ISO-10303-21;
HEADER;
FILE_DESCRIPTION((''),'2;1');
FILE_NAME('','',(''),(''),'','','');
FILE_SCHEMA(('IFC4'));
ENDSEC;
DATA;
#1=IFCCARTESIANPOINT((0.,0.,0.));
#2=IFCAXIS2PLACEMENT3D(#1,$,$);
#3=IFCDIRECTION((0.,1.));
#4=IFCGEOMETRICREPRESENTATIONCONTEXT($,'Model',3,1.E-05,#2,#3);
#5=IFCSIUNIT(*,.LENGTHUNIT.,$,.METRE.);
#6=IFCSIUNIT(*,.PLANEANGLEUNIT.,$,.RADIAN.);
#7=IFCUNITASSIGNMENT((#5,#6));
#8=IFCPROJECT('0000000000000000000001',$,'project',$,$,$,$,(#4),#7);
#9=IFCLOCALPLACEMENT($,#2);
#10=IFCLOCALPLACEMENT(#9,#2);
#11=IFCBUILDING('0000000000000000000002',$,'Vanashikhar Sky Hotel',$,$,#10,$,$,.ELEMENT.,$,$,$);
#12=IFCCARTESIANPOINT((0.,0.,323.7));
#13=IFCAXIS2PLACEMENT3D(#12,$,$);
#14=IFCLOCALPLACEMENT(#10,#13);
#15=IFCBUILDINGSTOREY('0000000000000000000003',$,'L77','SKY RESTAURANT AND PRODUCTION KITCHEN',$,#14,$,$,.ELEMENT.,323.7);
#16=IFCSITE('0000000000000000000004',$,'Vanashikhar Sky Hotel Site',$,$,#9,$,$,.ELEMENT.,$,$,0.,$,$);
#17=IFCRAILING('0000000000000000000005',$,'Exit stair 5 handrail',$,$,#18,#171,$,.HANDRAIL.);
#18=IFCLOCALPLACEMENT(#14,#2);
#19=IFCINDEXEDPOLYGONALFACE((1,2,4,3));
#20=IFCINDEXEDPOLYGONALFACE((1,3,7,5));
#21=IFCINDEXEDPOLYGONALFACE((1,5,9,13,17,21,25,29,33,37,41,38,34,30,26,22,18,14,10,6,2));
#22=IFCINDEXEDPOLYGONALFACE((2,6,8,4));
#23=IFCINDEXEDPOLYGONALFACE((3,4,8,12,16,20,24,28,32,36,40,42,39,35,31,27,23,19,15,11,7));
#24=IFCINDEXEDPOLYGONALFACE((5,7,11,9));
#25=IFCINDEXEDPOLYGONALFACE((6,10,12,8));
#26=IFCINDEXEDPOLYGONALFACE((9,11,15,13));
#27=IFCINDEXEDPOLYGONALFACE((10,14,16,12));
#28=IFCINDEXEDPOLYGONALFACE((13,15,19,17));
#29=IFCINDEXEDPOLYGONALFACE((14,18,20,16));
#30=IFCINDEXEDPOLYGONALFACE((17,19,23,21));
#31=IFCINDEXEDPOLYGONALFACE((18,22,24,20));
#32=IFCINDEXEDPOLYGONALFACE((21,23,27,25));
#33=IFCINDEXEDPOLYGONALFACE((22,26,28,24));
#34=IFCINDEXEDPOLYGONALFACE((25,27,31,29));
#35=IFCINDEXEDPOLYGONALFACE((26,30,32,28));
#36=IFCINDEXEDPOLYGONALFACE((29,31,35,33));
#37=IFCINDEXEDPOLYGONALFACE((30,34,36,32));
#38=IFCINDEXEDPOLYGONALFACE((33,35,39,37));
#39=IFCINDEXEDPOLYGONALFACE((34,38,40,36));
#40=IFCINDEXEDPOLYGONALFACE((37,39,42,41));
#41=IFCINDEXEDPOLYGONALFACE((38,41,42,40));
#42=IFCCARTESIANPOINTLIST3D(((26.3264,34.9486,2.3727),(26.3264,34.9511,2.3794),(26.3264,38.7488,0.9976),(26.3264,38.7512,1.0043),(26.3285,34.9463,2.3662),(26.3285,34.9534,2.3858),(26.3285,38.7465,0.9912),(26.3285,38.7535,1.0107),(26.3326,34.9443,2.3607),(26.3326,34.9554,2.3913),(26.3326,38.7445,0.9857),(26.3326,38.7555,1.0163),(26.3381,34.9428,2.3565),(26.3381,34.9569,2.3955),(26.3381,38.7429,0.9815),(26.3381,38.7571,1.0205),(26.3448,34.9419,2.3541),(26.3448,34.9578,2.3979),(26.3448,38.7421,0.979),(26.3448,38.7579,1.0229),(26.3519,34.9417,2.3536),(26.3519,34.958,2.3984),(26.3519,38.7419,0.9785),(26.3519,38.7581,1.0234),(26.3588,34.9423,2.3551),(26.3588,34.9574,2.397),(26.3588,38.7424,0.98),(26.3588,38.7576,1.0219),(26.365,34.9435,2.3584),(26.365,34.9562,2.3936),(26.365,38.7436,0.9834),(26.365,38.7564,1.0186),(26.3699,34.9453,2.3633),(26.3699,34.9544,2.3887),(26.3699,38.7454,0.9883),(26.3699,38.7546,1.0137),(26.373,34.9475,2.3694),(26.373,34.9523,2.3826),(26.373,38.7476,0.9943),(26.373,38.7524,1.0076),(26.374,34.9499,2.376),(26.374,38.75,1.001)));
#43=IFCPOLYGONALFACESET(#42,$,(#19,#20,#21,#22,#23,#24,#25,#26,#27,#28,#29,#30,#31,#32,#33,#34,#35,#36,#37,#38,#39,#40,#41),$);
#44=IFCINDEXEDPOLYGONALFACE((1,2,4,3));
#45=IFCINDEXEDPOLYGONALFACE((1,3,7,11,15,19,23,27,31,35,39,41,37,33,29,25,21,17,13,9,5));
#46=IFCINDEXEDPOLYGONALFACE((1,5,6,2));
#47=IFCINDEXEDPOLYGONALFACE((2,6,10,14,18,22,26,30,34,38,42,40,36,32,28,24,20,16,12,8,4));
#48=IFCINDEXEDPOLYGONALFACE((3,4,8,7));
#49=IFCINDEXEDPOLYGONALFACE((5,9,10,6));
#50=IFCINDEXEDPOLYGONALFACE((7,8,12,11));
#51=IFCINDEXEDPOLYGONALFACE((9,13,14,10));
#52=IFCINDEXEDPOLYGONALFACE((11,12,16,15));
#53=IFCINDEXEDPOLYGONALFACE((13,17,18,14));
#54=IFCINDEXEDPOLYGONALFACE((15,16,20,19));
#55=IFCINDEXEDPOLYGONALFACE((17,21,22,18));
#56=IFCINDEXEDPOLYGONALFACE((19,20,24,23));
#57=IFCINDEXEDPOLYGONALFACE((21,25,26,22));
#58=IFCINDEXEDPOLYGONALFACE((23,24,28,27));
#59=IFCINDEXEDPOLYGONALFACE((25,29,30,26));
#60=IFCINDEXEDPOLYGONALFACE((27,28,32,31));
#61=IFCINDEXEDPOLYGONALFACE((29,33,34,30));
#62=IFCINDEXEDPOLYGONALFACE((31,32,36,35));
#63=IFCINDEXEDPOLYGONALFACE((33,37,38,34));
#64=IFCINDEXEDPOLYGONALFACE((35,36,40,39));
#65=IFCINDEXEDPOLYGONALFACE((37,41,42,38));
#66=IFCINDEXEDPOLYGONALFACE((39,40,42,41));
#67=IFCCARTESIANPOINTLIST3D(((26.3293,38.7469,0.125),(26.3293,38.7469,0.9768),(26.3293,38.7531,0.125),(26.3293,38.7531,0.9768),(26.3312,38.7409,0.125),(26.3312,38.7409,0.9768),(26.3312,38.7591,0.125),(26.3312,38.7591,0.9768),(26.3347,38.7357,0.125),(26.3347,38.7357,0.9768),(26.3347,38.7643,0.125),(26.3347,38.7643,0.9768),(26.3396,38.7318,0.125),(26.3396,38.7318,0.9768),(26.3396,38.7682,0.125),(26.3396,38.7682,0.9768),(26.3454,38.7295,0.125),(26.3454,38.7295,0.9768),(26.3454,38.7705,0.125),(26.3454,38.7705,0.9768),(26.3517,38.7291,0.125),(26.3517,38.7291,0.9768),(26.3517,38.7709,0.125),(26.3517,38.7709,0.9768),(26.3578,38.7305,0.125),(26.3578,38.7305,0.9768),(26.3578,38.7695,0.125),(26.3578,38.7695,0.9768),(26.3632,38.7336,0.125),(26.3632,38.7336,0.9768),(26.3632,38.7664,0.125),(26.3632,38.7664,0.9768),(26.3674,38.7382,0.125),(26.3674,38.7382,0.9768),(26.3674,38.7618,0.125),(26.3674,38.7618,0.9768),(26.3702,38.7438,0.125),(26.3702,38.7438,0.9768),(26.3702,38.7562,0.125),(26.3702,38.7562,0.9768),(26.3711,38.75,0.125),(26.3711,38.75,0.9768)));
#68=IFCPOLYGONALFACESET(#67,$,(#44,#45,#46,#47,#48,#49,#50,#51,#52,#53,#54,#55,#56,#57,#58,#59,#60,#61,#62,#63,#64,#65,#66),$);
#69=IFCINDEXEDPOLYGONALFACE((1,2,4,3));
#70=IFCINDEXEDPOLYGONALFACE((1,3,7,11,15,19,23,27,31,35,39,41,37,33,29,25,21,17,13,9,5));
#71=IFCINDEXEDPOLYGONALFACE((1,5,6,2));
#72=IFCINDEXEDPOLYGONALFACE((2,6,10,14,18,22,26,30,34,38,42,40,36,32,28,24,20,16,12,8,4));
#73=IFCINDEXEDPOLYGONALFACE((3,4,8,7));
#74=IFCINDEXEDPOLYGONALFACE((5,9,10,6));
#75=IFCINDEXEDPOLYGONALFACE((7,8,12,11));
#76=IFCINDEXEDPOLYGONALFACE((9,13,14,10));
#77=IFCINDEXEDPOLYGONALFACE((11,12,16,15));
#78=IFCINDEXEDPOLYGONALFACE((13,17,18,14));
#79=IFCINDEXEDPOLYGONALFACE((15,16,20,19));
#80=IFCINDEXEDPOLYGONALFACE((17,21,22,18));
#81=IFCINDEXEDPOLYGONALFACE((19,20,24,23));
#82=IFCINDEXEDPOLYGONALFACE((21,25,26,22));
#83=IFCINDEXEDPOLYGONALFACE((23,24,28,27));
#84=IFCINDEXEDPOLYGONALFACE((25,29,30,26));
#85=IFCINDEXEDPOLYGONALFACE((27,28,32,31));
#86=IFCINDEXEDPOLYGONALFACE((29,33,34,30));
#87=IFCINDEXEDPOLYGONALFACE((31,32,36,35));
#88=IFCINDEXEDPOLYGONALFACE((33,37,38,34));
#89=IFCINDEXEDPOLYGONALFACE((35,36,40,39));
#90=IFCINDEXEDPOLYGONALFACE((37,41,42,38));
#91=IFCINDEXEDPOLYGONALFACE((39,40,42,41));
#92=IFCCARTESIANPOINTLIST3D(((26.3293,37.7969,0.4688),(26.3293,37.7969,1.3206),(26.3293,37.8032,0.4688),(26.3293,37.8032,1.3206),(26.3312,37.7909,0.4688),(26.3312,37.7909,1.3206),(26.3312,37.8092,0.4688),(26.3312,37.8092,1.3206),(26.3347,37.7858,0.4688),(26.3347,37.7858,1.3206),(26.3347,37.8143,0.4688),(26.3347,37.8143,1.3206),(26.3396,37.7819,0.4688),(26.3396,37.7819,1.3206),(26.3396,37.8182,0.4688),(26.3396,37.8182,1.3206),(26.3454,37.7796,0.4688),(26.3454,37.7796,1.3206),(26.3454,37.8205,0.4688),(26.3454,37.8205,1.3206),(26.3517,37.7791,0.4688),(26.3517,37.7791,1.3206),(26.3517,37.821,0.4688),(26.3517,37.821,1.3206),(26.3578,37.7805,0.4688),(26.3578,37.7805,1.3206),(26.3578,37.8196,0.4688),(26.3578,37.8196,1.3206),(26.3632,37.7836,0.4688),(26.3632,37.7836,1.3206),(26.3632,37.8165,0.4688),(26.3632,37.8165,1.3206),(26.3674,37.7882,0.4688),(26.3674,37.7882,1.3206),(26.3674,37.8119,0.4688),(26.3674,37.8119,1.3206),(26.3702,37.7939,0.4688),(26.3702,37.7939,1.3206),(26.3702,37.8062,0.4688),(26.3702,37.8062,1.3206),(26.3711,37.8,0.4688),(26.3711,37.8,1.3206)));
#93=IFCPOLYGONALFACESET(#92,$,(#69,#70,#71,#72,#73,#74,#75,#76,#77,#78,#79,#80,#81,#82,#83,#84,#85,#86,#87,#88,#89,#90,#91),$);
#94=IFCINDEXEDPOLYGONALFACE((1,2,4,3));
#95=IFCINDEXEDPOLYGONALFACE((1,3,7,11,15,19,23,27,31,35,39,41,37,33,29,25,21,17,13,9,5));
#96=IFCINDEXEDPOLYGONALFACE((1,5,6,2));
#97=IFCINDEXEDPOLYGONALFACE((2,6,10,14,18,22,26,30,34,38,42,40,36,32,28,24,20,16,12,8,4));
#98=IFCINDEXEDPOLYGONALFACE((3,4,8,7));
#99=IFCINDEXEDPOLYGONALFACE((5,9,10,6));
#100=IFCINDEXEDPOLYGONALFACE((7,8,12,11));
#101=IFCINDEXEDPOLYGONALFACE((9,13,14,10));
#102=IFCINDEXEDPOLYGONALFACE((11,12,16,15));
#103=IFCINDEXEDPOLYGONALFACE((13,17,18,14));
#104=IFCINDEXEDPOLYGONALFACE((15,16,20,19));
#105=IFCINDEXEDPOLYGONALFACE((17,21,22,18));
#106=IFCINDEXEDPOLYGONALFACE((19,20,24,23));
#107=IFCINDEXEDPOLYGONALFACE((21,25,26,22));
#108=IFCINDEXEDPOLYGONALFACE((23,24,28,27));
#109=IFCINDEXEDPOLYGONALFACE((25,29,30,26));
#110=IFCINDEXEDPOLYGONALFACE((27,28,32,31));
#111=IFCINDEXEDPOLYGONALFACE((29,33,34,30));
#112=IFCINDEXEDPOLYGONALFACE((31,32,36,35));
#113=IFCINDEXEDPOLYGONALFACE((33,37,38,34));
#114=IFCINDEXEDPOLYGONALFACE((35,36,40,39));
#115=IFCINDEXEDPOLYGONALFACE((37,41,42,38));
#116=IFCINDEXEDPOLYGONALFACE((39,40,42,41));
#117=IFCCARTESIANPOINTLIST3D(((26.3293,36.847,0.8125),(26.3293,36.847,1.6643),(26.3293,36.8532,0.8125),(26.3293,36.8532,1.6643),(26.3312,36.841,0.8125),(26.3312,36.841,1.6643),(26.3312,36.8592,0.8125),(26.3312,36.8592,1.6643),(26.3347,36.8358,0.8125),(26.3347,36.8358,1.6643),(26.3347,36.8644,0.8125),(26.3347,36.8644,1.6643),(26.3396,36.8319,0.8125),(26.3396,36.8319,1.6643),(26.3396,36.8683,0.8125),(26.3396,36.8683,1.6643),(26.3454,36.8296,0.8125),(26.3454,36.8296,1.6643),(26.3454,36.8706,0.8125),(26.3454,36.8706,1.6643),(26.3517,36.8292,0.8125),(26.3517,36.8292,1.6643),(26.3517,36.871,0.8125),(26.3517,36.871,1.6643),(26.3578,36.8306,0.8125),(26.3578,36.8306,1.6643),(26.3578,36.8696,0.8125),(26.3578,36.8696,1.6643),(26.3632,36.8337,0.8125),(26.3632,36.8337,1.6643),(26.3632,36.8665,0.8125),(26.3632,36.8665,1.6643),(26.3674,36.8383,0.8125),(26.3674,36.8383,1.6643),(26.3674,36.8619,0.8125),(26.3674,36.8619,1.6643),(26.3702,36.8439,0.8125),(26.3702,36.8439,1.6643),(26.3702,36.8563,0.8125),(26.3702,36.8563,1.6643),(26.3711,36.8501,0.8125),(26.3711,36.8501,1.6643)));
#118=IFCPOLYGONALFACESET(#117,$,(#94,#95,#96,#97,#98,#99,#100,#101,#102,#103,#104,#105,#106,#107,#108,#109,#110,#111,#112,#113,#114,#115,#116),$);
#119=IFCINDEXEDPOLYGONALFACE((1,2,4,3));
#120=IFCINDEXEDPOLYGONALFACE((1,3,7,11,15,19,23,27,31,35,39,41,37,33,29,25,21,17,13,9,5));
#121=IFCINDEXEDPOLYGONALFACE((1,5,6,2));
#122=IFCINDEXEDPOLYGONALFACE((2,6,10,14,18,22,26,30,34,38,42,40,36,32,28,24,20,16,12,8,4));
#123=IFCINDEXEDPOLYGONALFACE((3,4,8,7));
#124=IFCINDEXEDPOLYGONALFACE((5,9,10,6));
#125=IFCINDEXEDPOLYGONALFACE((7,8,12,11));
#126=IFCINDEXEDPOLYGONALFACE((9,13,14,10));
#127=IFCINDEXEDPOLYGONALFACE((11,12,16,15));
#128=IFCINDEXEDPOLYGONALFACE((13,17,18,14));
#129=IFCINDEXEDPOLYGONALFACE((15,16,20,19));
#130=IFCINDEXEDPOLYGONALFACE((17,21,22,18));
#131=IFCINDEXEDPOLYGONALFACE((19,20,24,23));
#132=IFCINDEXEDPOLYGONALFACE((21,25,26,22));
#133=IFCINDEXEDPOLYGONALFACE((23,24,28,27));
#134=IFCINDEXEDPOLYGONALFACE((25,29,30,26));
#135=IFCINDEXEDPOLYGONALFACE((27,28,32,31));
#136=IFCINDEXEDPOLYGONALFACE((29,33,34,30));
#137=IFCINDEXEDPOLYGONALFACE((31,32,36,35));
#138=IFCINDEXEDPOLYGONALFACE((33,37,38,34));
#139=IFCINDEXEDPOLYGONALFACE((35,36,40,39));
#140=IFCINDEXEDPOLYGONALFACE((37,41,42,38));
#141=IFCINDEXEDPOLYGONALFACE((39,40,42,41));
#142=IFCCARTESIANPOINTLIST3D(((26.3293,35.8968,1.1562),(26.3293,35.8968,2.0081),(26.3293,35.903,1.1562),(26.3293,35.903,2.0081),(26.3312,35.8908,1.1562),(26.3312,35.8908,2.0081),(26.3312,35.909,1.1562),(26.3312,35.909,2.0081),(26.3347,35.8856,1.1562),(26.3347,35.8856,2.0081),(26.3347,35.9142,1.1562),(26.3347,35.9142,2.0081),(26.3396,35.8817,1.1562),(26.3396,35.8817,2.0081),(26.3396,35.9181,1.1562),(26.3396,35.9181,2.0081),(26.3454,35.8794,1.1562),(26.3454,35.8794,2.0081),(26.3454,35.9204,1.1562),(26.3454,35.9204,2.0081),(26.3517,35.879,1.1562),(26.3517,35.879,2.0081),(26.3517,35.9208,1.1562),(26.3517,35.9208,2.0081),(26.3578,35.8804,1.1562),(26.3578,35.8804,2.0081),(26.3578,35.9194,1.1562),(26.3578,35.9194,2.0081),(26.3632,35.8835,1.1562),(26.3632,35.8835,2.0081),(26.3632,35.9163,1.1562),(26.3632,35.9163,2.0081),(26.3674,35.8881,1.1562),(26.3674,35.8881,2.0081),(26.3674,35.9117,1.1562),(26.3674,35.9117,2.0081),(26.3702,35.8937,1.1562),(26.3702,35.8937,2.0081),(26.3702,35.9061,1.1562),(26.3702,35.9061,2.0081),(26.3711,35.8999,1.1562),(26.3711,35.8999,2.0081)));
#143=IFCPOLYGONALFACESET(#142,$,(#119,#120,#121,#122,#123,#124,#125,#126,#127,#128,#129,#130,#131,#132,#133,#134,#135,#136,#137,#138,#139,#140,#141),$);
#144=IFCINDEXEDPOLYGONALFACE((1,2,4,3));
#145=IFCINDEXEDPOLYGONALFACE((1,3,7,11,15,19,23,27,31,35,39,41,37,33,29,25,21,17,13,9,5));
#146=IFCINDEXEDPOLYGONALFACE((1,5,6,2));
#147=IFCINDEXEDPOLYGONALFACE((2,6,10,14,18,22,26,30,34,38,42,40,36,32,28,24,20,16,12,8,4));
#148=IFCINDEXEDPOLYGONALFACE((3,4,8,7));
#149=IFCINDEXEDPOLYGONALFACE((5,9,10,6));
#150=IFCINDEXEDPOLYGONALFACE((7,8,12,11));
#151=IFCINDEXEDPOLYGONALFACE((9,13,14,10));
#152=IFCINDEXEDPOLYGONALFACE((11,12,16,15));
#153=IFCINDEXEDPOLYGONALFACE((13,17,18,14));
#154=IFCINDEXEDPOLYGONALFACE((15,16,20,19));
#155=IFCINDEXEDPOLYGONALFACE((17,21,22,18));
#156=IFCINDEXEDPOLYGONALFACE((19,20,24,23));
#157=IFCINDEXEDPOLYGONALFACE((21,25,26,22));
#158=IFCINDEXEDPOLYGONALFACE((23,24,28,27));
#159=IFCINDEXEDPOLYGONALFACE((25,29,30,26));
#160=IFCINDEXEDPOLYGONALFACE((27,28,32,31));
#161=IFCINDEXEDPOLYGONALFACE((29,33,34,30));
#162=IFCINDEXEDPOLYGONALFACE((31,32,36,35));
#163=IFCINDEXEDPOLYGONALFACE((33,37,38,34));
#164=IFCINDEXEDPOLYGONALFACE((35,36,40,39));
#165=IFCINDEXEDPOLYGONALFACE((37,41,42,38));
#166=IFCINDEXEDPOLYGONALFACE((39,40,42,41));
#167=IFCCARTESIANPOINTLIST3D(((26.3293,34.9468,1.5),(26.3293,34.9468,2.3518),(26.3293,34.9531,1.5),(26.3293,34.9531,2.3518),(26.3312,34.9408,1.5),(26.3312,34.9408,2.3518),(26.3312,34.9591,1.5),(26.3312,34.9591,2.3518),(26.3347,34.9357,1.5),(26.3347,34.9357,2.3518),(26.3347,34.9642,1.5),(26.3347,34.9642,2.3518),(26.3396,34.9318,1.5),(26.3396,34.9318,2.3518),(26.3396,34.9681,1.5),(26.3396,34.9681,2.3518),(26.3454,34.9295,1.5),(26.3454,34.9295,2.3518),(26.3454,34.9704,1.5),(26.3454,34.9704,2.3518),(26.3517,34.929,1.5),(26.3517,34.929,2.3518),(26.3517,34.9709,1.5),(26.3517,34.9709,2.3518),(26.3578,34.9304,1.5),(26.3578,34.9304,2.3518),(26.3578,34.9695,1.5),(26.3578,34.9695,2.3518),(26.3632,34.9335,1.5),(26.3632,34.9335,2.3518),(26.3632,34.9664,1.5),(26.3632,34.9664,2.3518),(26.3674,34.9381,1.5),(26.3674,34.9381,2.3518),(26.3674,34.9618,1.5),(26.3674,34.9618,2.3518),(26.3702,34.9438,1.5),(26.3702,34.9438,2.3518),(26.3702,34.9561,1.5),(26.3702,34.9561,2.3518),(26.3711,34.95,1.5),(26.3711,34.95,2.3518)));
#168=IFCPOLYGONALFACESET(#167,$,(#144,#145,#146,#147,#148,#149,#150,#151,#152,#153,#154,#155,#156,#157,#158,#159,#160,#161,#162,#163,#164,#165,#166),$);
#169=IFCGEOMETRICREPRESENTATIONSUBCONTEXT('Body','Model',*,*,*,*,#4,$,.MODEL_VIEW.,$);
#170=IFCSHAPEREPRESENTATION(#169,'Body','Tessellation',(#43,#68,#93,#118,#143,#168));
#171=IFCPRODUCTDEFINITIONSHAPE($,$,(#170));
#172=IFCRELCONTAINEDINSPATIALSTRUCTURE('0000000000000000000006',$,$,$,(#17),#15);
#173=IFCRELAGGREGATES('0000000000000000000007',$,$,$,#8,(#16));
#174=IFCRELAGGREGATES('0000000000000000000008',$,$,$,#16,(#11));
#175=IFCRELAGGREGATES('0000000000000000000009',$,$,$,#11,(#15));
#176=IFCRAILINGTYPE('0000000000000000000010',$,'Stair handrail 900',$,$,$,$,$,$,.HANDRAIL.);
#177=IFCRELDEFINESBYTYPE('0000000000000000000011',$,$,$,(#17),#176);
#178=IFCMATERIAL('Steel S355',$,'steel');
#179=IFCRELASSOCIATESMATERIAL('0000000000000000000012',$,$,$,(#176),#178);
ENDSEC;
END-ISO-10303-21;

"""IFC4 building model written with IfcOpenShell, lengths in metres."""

from ifc_helpers import new_model, si_unit, direction, frame, origin, origin_2d, place, context, subcontext, project, spatial, circle, extrude, source, transform, mapped, material, type_object, element, save


model = new_model("IFC4")

# Units and contexts
model_context = context("Model", 3, precision=1e-05, world=origin(), true_north=direction((0.0, 1.0)))
body_context = subcontext(model_context, "Body", "Model", "MODEL_VIEW")
ifc_project = project(units=[si_unit("LENGTHUNIT", "METRE"), si_unit("PLANEANGLEUNIT", "RADIAN")], contexts=[model_context])

# Site, building, storey
site_placement = place(None, origin())
site = spatial("IfcSite", under=ifc_project, at=site_placement, Name="Vanashikhar Sky Hotel Site", CompositionType="ELEMENT", RefElevation=0.0)
building_placement = place(site_placement, origin())
building = spatial("IfcBuilding", under=site, at=building_placement, Name="Vanashikhar Sky Hotel", CompositionType="ELEMENT")
storey_placement = place(building_placement, frame((0.0, 0.0, 323.7)))
storey = spatial("IfcBuildingStorey", under=building, at=storey_placement, Name="L77", Description="SKY RESTAURANT AND PRODUCTION KITCHEN", CompositionType="ELEMENT", Elevation=323.7)

# Railing
ifc_material_1 = material(Name="Steel S355", Category="steel")
railing_type = type_object("IfcRailingType", Name="Stair handrail 900", PredefinedType="HANDRAIL", material=ifc_material_1)
shared_shape_1 = source(origin(), body_context, "Body", "SweptSolid", [
    extrude(circle(Radius=0.0239, at=origin_2d()), frame((0.0, 0.0, 0.876), z_axis=(0.0, -0.940336, 0.340249), x_axis=(1.0, 0.0, 0.0)), (0.0, 0.0, 1.0), 4.0413),
    extrude(circle(Radius=0.021, at=origin_2d()), origin(), (0.0, 0.0, 1.0), 0.8518),
    extrude(circle(Radius=0.021, at=origin_2d()), frame((0.0, -0.95, 0.3438)), (0.0, 0.0, 1.0), 0.8518),
    extrude(circle(Radius=0.021, at=origin_2d()), frame((0.0, -1.8999, 0.6875)), (0.0, 0.0, 1.0), 0.8518),
    extrude(circle(Radius=0.021, at=origin_2d()), frame((0.0, -2.8501, 1.0312)), (0.0, 0.0, 1.0), 0.8518),
    extrude(circle(Radius=0.021, at=origin_2d()), frame((0.0, -3.8, 1.375)), (0.0, 0.0, 1.0), 0.8518),
])
for number, where, name in (
    (1, (26.3501, 38.75, 0.125), "Exit stair 5 handrail"),
):
    element("IfcRailing", number, at=place(storey_placement, frame(where)), inside=storey, type_object=railing_type, Name=name, PredefinedType="HANDRAIL", context=body_context, shape_type="MappedRepresentation", body=[
        mapped(shared_shape_1, transform((0.0, 0.0, 0.0), scale=1.0)),
    ])

save(model, "model.ifc")
